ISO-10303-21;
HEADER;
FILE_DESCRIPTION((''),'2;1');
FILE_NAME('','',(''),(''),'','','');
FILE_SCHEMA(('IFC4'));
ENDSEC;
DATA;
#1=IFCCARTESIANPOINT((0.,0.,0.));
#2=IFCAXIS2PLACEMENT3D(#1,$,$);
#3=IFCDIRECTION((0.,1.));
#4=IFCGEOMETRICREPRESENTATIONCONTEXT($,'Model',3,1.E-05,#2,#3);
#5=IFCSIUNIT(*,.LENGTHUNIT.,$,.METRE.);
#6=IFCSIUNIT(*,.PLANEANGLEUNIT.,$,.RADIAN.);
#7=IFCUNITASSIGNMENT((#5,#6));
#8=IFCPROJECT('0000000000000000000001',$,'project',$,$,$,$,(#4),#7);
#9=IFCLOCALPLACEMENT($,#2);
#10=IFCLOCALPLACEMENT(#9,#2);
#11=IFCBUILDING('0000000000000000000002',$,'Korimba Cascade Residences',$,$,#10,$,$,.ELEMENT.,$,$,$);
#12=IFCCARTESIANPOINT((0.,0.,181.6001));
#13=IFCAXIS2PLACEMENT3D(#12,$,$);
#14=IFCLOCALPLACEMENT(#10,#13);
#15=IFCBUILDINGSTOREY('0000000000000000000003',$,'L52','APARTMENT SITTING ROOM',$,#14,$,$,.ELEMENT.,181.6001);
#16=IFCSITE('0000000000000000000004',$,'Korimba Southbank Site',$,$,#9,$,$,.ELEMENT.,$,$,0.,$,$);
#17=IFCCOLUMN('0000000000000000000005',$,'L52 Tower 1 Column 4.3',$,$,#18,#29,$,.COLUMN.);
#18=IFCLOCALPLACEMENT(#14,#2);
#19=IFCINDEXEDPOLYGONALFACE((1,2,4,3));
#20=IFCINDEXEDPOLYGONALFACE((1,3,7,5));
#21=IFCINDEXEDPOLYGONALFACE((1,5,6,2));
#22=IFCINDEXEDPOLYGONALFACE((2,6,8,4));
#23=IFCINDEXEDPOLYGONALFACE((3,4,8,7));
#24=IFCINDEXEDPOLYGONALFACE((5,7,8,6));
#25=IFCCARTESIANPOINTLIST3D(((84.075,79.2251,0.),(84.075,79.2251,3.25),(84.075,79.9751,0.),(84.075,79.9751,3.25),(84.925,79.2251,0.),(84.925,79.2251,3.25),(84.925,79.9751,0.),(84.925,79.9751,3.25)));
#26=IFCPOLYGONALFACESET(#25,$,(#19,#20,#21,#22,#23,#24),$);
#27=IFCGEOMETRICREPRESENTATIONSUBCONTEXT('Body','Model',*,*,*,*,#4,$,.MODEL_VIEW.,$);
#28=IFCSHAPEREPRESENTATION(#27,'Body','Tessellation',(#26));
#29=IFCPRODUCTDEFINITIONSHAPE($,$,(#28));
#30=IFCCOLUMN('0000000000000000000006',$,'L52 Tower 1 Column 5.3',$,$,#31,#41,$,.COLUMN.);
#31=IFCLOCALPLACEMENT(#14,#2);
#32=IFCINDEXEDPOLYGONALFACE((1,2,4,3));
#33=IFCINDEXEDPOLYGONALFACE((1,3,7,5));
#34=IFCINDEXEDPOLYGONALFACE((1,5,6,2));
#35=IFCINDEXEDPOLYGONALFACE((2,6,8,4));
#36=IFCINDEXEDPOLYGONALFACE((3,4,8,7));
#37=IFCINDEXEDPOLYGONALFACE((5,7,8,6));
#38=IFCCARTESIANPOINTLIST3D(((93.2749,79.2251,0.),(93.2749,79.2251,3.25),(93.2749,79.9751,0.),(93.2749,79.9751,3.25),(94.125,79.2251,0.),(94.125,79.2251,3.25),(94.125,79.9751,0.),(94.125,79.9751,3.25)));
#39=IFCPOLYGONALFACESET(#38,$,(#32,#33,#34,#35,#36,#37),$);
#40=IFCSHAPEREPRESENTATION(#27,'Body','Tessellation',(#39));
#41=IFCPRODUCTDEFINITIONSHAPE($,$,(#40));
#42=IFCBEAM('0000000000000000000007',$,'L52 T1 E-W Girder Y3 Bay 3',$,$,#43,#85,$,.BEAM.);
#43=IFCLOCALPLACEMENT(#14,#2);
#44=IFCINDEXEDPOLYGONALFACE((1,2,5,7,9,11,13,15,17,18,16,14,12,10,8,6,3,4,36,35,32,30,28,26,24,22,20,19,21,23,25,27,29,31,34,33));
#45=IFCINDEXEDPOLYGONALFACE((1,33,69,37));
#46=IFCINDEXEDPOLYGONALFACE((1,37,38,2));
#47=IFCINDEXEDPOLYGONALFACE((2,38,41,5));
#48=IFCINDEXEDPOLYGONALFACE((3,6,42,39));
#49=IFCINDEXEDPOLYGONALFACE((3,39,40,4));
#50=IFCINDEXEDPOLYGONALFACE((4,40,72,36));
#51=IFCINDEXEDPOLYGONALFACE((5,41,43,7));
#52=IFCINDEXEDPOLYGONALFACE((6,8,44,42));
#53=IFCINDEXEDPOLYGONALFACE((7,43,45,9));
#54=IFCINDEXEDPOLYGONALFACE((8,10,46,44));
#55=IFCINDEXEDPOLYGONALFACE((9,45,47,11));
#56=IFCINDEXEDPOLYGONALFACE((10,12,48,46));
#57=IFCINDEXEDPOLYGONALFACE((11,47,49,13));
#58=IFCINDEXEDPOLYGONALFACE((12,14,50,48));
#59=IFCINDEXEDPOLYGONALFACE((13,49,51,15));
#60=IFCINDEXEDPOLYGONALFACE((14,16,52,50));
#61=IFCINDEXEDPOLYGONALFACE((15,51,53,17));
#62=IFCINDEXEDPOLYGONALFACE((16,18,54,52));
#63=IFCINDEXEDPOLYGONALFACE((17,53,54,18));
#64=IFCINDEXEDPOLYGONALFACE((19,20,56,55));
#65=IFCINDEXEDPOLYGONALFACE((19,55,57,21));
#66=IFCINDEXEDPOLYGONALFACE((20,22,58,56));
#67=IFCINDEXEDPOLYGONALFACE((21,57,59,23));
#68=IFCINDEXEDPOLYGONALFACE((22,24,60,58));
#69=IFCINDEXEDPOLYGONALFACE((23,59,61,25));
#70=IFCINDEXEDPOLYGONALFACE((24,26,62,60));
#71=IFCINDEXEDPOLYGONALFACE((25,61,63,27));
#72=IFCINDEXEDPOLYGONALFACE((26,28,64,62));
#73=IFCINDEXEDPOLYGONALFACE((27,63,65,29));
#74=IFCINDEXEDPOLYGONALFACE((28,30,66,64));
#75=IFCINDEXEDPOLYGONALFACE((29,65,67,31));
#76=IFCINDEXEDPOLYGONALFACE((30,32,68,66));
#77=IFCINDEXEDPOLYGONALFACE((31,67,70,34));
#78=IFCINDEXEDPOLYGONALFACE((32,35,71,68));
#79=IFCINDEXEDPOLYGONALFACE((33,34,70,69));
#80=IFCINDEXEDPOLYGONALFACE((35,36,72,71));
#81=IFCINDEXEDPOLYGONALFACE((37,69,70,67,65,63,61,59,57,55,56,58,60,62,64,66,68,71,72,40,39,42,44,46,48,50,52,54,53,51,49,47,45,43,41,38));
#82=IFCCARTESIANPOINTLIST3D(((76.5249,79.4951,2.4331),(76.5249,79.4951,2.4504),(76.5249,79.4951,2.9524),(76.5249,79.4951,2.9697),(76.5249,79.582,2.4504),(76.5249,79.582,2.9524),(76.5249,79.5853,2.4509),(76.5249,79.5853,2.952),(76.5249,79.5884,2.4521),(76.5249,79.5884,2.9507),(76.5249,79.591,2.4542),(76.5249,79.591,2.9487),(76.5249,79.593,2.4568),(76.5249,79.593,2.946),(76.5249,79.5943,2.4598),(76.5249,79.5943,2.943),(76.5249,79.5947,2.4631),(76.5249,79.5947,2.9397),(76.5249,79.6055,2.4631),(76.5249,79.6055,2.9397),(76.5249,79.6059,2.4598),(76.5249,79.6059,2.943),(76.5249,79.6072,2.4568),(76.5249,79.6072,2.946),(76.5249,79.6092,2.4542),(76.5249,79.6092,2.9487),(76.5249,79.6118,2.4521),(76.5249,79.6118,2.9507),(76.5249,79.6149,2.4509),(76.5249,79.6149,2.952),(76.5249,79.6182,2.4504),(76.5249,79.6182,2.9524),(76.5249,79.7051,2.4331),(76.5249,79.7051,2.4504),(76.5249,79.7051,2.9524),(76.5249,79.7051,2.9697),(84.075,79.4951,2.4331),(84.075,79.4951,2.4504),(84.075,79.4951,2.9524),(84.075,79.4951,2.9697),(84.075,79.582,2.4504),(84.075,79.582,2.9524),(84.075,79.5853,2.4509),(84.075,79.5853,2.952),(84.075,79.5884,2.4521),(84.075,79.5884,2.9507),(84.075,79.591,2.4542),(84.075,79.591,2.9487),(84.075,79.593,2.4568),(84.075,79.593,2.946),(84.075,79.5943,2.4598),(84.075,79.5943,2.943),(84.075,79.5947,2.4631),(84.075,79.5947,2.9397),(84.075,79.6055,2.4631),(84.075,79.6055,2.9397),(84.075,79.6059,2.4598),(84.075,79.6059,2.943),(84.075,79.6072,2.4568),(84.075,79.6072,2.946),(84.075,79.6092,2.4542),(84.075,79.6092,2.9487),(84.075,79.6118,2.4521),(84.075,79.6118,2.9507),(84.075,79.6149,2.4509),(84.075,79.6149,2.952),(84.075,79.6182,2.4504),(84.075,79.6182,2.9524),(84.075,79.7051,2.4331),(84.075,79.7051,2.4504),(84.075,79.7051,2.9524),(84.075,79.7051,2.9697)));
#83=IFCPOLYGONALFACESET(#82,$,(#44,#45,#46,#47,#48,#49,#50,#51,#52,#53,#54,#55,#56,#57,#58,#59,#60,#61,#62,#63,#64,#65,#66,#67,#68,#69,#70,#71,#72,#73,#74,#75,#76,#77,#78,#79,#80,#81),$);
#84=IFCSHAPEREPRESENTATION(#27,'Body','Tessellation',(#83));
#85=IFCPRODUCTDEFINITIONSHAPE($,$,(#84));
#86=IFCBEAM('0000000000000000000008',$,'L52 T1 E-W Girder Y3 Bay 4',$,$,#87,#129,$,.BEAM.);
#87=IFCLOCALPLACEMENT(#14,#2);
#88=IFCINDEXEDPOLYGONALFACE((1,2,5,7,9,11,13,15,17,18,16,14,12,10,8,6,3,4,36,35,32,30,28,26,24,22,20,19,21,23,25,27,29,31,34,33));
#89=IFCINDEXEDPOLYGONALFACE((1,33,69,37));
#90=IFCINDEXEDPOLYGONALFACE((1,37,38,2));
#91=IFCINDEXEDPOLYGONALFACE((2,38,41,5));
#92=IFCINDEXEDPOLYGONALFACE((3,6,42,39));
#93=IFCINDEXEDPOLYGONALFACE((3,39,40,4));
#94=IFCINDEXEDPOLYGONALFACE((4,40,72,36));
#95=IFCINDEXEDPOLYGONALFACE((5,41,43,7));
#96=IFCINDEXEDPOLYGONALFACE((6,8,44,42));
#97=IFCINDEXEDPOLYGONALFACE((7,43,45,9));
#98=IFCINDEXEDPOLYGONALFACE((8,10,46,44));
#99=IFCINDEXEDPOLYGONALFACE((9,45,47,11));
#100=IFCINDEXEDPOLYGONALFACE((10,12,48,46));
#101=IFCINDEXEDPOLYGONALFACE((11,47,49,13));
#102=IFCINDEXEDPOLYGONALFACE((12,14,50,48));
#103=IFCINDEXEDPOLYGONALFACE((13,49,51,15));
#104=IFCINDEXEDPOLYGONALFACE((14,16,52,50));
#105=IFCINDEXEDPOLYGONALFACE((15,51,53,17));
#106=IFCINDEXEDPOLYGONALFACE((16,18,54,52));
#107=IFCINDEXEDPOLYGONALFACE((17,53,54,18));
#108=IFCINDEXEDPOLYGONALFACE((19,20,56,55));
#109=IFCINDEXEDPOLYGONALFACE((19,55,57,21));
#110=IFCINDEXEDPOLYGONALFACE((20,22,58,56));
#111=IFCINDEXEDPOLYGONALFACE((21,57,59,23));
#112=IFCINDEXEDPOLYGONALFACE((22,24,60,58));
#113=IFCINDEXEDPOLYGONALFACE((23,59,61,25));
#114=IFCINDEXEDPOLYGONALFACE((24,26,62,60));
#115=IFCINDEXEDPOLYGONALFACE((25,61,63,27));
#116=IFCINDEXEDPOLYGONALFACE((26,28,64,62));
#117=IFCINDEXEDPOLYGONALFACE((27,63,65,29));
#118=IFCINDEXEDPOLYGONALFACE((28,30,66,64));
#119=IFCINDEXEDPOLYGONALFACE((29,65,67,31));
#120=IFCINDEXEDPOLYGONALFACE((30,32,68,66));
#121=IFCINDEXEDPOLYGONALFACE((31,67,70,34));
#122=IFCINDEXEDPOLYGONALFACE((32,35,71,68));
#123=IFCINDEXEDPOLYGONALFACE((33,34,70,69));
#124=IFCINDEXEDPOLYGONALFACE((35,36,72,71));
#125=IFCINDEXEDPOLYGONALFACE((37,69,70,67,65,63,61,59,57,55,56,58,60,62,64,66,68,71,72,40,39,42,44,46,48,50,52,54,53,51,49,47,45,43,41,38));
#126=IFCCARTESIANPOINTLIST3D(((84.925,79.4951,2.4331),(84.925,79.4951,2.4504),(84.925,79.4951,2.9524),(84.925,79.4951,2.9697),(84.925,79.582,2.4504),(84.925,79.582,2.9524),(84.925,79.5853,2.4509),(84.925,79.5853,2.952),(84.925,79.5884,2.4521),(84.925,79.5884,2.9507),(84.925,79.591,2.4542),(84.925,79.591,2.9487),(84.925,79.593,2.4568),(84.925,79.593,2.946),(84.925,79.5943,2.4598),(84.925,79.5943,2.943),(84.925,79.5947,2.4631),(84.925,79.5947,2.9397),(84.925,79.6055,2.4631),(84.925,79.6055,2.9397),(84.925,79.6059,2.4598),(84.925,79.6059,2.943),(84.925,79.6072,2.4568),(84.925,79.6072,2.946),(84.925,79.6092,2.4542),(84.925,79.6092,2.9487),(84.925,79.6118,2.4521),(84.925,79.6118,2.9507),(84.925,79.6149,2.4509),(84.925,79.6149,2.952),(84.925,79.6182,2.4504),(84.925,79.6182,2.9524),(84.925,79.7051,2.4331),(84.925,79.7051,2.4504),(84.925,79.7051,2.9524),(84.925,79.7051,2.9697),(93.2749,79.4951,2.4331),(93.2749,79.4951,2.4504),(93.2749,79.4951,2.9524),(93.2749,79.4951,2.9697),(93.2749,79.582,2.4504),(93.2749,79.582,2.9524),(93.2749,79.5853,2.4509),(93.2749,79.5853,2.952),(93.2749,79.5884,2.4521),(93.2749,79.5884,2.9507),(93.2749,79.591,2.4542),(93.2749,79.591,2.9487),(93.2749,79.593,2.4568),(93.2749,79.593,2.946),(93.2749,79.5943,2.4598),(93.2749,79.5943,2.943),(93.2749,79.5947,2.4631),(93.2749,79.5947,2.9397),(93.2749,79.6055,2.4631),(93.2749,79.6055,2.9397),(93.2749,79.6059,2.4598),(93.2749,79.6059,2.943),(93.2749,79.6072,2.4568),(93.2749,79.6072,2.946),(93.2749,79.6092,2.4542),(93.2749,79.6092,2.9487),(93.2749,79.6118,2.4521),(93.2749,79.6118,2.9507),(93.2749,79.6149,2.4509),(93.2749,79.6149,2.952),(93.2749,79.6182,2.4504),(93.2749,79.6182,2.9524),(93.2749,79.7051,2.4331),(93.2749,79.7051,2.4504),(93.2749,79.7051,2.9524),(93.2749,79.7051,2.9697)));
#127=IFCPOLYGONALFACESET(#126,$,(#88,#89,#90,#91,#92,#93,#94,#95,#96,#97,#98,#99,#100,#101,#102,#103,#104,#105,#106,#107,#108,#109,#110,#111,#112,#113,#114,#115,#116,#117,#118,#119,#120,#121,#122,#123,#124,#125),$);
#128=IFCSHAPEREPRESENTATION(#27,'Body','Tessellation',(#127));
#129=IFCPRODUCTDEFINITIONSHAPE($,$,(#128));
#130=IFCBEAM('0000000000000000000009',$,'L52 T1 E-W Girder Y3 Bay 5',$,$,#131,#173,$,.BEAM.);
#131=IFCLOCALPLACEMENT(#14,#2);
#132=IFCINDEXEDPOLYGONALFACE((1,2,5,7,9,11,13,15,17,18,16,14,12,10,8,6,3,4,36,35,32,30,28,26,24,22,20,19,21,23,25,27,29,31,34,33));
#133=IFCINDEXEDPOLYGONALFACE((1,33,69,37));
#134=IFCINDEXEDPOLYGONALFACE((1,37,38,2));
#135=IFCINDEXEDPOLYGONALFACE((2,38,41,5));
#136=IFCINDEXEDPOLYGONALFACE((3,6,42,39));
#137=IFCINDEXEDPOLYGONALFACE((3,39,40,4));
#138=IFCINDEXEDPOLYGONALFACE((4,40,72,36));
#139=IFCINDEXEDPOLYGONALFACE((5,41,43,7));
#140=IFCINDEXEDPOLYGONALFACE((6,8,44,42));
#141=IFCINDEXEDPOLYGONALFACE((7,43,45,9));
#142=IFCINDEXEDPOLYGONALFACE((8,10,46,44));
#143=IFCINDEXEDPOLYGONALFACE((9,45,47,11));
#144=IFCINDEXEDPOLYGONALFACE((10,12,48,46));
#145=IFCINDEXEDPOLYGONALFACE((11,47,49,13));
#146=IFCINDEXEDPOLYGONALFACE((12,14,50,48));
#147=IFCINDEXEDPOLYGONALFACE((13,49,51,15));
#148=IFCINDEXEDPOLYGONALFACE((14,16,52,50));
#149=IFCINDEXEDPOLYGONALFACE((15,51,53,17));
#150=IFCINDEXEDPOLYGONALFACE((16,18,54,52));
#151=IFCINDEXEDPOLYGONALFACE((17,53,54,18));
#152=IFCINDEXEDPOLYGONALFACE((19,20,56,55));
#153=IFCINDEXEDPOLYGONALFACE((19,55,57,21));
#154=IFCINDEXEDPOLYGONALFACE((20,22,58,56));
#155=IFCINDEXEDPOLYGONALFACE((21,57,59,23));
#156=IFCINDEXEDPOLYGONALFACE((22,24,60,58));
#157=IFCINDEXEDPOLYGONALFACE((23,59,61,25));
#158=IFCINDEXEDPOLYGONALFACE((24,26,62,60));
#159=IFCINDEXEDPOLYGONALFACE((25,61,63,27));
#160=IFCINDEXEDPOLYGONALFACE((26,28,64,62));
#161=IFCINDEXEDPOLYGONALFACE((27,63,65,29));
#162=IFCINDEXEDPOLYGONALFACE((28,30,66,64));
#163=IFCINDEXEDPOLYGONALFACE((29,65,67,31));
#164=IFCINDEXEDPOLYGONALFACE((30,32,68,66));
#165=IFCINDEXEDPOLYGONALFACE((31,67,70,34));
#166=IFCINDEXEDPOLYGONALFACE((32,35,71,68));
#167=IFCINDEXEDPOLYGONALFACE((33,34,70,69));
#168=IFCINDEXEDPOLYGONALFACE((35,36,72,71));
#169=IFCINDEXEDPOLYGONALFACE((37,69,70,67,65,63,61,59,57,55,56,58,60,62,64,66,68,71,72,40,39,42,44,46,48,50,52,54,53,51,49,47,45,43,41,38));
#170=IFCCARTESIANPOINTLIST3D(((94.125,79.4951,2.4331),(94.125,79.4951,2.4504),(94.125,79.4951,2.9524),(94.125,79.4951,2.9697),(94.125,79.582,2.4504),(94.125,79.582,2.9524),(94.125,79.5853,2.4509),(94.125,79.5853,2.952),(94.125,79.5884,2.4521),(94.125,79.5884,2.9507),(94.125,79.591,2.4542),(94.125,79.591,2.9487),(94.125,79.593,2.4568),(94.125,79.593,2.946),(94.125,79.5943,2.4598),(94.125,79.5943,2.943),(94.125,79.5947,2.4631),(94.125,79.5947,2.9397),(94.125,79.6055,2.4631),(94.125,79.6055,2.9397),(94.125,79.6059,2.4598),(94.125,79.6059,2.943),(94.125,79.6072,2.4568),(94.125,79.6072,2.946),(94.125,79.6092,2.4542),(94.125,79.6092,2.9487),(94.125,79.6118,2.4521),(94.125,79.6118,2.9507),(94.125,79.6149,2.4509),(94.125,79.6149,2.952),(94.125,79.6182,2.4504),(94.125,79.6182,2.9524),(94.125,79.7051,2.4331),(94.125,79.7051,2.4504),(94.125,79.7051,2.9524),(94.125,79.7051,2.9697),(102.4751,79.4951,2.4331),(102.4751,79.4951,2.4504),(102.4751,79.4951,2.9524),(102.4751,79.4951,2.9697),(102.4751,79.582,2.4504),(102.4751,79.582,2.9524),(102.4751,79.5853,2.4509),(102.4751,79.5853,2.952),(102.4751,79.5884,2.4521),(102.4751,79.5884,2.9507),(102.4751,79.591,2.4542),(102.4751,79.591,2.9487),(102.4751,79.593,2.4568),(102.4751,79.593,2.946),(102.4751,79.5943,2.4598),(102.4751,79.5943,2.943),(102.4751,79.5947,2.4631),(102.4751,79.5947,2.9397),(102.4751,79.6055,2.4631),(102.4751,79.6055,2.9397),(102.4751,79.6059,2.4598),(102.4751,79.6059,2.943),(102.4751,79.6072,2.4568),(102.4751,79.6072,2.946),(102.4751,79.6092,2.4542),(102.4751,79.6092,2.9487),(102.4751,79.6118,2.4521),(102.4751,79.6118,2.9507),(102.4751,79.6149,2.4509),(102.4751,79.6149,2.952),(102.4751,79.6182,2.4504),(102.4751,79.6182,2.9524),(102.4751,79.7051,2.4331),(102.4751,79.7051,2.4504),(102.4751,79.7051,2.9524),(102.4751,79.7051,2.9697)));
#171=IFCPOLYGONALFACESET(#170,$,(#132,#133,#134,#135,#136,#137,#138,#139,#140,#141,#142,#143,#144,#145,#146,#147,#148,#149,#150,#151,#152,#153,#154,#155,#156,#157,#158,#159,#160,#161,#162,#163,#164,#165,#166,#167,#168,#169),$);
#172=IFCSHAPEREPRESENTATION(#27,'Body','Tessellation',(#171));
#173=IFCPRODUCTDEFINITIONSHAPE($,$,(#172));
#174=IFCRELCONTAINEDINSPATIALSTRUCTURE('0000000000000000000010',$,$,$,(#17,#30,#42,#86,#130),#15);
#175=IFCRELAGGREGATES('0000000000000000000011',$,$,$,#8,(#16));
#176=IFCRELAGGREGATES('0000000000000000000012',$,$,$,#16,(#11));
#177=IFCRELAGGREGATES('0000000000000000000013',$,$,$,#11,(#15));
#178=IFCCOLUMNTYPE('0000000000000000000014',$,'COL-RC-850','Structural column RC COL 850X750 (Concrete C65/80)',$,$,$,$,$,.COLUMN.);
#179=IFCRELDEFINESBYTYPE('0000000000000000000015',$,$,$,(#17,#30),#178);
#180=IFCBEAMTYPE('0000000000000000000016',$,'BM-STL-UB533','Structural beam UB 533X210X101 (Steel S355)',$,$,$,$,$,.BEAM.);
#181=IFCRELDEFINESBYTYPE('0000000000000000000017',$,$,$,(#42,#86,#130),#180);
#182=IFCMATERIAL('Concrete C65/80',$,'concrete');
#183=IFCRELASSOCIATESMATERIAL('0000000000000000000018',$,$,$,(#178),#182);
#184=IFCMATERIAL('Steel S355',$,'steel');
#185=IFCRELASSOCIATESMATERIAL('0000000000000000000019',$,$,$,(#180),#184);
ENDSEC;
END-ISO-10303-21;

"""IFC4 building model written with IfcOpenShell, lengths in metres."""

from ifc_helpers import new_model, si_unit, direction, frame, origin, origin_2d, place, context, subcontext, project, spatial, rectangle, i_section, extrude, material, material_profile, profile_set, type_object, element, save


model = new_model("IFC4")

# Units and contexts
model_context = context("Model", 3, precision=1e-05, world=origin(), true_north=direction((0.0, 1.0)))
body_context = subcontext(model_context, "Body", "Model", "MODEL_VIEW")
ifc_project = project(units=[si_unit("LENGTHUNIT", "METRE"), si_unit("PLANEANGLEUNIT", "RADIAN")], contexts=[model_context])

# Site, building, storey
site_placement = place(None, origin())
site = spatial("IfcSite", under=ifc_project, at=site_placement, Name="Korimba Southbank Site", CompositionType="ELEMENT", RefElevation=0.0)
building_placement = place(site_placement, origin())
building = spatial("IfcBuilding", under=site, at=building_placement, Name="Korimba Cascade Residences", CompositionType="ELEMENT")
storey_placement = place(building_placement, frame((0.0, 0.0, 181.6001)))
storey = spatial("IfcBuildingStorey", under=building, at=storey_placement, Name="L52", Description="APARTMENT SITTING ROOM", CompositionType="ELEMENT", Elevation=181.6001)

# Columns
ifc_material_1 = material(Name="Concrete C65/80", Category="concrete")
ifc_material_profile_1 = material_profile(ifc_material_1, rectangle(XDim=0.8501, YDim=0.75, at=origin_2d()), Name="Concrete C65/80")
ifc_profile_set_1 = profile_set([ifc_material_profile_1], Name="Concrete C65/80")
column_type = type_object("IfcColumnType", Name="COL-RC-850", Description="Structural column RC COL 850X750 (Concrete C65/80)", PredefinedType="COLUMN", material=ifc_profile_set_1)
for number, where, z_axis, x_axis, name in (
    (1, (84.5, 79.6001, 0.0), (0.0, 0.0, 1.0), (1.0, 0.0, 0.0), "L52 Tower 1 Column 4.3"),
    (2, (93.7, 79.6001, 0.0), (0.0, 0.0, 1.0), (1.0, 0.0, 0.0), "L52 Tower 1 Column 5.3"),
):
    element("IfcColumn", number, at=place(storey_placement, frame(where, z_axis=z_axis, x_axis=x_axis)), inside=storey, type_object=column_type, Name=name, PredefinedType="COLUMN", context=body_context, shape_type="SweptSolid", body=[
        extrude(rectangle(XDim=0.8501, YDim=0.75, at=origin_2d()), origin(), (0.0, 0.0, 1.0), 3.25),
    ])

# Beams
ifc_material_2 = material(Name="Steel S355", Category="steel")
ifc_material_profile_2 = material_profile(ifc_material_2, i_section(OverallWidth=0.21, OverallDepth=0.5366, WebThickness=0.0107, FlangeThickness=0.0173, FilletRadius=0.0127, at=origin_2d()), Name="Steel S355")
ifc_profile_set_2 = profile_set([ifc_material_profile_2], Name="Steel S355")
beam_type_1 = type_object("IfcBeamType", Name="BM-STL-UB533", Description="Structural beam UB 533X210X101 (Steel S355)", PredefinedType="BEAM", material=ifc_profile_set_2)
beam_1_placement = place(storey_placement, frame((76.5249, 79.6001, 2.7014), z_axis=(1.0, 0.0, 0.0), x_axis=(0.0, 1.0, 0.0)))
element("IfcBeam", 3, at=beam_1_placement, inside=storey, type_object=beam_type_1, Name="L52 T1 E-W Girder Y3 Bay 3", PredefinedType="BEAM", context=body_context, shape_type="SweptSolid", body=[
    extrude(i_section(OverallWidth=0.21, OverallDepth=0.5366, WebThickness=0.0107, FlangeThickness=0.0173, FilletRadius=0.0127, at=origin_2d()), origin(), (0.0, 0.0, 1.0), 7.55),
])
beam_2_placement = place(storey_placement, frame((84.925, 79.6001, 2.7014), z_axis=(1.0, 0.0, 0.0), x_axis=(0.0, 1.0, 0.0)))
element("IfcBeam", 4, at=beam_2_placement, inside=storey, type_object=beam_type_1, Name="L52 T1 E-W Girder Y3 Bay 4", PredefinedType="BEAM", context=body_context, shape_type="SweptSolid", body=[
    extrude(i_section(OverallWidth=0.21, OverallDepth=0.5366, WebThickness=0.0107, FlangeThickness=0.0173, FilletRadius=0.0127, at=origin_2d()), origin(), (0.0, 0.0, 1.0), 8.3499),
])
beam_3_placement = place(storey_placement, frame((94.125, 79.6001, 2.7014), z_axis=(1.0, 0.0, 0.0), x_axis=(0.0, 1.0, 0.0)))
element("IfcBeam", 5, at=beam_3_placement, inside=storey, type_object=beam_type_1, Name="L52 T1 E-W Girder Y3 Bay 5", PredefinedType="BEAM", context=body_context, shape_type="SweptSolid", body=[
    extrude(i_section(OverallWidth=0.21, OverallDepth=0.5366, WebThickness=0.0107, FlangeThickness=0.0173, FilletRadius=0.0127, at=origin_2d()), origin(), (0.0, 0.0, 1.0), 8.3501),
])

save(model, "model.ifc")
